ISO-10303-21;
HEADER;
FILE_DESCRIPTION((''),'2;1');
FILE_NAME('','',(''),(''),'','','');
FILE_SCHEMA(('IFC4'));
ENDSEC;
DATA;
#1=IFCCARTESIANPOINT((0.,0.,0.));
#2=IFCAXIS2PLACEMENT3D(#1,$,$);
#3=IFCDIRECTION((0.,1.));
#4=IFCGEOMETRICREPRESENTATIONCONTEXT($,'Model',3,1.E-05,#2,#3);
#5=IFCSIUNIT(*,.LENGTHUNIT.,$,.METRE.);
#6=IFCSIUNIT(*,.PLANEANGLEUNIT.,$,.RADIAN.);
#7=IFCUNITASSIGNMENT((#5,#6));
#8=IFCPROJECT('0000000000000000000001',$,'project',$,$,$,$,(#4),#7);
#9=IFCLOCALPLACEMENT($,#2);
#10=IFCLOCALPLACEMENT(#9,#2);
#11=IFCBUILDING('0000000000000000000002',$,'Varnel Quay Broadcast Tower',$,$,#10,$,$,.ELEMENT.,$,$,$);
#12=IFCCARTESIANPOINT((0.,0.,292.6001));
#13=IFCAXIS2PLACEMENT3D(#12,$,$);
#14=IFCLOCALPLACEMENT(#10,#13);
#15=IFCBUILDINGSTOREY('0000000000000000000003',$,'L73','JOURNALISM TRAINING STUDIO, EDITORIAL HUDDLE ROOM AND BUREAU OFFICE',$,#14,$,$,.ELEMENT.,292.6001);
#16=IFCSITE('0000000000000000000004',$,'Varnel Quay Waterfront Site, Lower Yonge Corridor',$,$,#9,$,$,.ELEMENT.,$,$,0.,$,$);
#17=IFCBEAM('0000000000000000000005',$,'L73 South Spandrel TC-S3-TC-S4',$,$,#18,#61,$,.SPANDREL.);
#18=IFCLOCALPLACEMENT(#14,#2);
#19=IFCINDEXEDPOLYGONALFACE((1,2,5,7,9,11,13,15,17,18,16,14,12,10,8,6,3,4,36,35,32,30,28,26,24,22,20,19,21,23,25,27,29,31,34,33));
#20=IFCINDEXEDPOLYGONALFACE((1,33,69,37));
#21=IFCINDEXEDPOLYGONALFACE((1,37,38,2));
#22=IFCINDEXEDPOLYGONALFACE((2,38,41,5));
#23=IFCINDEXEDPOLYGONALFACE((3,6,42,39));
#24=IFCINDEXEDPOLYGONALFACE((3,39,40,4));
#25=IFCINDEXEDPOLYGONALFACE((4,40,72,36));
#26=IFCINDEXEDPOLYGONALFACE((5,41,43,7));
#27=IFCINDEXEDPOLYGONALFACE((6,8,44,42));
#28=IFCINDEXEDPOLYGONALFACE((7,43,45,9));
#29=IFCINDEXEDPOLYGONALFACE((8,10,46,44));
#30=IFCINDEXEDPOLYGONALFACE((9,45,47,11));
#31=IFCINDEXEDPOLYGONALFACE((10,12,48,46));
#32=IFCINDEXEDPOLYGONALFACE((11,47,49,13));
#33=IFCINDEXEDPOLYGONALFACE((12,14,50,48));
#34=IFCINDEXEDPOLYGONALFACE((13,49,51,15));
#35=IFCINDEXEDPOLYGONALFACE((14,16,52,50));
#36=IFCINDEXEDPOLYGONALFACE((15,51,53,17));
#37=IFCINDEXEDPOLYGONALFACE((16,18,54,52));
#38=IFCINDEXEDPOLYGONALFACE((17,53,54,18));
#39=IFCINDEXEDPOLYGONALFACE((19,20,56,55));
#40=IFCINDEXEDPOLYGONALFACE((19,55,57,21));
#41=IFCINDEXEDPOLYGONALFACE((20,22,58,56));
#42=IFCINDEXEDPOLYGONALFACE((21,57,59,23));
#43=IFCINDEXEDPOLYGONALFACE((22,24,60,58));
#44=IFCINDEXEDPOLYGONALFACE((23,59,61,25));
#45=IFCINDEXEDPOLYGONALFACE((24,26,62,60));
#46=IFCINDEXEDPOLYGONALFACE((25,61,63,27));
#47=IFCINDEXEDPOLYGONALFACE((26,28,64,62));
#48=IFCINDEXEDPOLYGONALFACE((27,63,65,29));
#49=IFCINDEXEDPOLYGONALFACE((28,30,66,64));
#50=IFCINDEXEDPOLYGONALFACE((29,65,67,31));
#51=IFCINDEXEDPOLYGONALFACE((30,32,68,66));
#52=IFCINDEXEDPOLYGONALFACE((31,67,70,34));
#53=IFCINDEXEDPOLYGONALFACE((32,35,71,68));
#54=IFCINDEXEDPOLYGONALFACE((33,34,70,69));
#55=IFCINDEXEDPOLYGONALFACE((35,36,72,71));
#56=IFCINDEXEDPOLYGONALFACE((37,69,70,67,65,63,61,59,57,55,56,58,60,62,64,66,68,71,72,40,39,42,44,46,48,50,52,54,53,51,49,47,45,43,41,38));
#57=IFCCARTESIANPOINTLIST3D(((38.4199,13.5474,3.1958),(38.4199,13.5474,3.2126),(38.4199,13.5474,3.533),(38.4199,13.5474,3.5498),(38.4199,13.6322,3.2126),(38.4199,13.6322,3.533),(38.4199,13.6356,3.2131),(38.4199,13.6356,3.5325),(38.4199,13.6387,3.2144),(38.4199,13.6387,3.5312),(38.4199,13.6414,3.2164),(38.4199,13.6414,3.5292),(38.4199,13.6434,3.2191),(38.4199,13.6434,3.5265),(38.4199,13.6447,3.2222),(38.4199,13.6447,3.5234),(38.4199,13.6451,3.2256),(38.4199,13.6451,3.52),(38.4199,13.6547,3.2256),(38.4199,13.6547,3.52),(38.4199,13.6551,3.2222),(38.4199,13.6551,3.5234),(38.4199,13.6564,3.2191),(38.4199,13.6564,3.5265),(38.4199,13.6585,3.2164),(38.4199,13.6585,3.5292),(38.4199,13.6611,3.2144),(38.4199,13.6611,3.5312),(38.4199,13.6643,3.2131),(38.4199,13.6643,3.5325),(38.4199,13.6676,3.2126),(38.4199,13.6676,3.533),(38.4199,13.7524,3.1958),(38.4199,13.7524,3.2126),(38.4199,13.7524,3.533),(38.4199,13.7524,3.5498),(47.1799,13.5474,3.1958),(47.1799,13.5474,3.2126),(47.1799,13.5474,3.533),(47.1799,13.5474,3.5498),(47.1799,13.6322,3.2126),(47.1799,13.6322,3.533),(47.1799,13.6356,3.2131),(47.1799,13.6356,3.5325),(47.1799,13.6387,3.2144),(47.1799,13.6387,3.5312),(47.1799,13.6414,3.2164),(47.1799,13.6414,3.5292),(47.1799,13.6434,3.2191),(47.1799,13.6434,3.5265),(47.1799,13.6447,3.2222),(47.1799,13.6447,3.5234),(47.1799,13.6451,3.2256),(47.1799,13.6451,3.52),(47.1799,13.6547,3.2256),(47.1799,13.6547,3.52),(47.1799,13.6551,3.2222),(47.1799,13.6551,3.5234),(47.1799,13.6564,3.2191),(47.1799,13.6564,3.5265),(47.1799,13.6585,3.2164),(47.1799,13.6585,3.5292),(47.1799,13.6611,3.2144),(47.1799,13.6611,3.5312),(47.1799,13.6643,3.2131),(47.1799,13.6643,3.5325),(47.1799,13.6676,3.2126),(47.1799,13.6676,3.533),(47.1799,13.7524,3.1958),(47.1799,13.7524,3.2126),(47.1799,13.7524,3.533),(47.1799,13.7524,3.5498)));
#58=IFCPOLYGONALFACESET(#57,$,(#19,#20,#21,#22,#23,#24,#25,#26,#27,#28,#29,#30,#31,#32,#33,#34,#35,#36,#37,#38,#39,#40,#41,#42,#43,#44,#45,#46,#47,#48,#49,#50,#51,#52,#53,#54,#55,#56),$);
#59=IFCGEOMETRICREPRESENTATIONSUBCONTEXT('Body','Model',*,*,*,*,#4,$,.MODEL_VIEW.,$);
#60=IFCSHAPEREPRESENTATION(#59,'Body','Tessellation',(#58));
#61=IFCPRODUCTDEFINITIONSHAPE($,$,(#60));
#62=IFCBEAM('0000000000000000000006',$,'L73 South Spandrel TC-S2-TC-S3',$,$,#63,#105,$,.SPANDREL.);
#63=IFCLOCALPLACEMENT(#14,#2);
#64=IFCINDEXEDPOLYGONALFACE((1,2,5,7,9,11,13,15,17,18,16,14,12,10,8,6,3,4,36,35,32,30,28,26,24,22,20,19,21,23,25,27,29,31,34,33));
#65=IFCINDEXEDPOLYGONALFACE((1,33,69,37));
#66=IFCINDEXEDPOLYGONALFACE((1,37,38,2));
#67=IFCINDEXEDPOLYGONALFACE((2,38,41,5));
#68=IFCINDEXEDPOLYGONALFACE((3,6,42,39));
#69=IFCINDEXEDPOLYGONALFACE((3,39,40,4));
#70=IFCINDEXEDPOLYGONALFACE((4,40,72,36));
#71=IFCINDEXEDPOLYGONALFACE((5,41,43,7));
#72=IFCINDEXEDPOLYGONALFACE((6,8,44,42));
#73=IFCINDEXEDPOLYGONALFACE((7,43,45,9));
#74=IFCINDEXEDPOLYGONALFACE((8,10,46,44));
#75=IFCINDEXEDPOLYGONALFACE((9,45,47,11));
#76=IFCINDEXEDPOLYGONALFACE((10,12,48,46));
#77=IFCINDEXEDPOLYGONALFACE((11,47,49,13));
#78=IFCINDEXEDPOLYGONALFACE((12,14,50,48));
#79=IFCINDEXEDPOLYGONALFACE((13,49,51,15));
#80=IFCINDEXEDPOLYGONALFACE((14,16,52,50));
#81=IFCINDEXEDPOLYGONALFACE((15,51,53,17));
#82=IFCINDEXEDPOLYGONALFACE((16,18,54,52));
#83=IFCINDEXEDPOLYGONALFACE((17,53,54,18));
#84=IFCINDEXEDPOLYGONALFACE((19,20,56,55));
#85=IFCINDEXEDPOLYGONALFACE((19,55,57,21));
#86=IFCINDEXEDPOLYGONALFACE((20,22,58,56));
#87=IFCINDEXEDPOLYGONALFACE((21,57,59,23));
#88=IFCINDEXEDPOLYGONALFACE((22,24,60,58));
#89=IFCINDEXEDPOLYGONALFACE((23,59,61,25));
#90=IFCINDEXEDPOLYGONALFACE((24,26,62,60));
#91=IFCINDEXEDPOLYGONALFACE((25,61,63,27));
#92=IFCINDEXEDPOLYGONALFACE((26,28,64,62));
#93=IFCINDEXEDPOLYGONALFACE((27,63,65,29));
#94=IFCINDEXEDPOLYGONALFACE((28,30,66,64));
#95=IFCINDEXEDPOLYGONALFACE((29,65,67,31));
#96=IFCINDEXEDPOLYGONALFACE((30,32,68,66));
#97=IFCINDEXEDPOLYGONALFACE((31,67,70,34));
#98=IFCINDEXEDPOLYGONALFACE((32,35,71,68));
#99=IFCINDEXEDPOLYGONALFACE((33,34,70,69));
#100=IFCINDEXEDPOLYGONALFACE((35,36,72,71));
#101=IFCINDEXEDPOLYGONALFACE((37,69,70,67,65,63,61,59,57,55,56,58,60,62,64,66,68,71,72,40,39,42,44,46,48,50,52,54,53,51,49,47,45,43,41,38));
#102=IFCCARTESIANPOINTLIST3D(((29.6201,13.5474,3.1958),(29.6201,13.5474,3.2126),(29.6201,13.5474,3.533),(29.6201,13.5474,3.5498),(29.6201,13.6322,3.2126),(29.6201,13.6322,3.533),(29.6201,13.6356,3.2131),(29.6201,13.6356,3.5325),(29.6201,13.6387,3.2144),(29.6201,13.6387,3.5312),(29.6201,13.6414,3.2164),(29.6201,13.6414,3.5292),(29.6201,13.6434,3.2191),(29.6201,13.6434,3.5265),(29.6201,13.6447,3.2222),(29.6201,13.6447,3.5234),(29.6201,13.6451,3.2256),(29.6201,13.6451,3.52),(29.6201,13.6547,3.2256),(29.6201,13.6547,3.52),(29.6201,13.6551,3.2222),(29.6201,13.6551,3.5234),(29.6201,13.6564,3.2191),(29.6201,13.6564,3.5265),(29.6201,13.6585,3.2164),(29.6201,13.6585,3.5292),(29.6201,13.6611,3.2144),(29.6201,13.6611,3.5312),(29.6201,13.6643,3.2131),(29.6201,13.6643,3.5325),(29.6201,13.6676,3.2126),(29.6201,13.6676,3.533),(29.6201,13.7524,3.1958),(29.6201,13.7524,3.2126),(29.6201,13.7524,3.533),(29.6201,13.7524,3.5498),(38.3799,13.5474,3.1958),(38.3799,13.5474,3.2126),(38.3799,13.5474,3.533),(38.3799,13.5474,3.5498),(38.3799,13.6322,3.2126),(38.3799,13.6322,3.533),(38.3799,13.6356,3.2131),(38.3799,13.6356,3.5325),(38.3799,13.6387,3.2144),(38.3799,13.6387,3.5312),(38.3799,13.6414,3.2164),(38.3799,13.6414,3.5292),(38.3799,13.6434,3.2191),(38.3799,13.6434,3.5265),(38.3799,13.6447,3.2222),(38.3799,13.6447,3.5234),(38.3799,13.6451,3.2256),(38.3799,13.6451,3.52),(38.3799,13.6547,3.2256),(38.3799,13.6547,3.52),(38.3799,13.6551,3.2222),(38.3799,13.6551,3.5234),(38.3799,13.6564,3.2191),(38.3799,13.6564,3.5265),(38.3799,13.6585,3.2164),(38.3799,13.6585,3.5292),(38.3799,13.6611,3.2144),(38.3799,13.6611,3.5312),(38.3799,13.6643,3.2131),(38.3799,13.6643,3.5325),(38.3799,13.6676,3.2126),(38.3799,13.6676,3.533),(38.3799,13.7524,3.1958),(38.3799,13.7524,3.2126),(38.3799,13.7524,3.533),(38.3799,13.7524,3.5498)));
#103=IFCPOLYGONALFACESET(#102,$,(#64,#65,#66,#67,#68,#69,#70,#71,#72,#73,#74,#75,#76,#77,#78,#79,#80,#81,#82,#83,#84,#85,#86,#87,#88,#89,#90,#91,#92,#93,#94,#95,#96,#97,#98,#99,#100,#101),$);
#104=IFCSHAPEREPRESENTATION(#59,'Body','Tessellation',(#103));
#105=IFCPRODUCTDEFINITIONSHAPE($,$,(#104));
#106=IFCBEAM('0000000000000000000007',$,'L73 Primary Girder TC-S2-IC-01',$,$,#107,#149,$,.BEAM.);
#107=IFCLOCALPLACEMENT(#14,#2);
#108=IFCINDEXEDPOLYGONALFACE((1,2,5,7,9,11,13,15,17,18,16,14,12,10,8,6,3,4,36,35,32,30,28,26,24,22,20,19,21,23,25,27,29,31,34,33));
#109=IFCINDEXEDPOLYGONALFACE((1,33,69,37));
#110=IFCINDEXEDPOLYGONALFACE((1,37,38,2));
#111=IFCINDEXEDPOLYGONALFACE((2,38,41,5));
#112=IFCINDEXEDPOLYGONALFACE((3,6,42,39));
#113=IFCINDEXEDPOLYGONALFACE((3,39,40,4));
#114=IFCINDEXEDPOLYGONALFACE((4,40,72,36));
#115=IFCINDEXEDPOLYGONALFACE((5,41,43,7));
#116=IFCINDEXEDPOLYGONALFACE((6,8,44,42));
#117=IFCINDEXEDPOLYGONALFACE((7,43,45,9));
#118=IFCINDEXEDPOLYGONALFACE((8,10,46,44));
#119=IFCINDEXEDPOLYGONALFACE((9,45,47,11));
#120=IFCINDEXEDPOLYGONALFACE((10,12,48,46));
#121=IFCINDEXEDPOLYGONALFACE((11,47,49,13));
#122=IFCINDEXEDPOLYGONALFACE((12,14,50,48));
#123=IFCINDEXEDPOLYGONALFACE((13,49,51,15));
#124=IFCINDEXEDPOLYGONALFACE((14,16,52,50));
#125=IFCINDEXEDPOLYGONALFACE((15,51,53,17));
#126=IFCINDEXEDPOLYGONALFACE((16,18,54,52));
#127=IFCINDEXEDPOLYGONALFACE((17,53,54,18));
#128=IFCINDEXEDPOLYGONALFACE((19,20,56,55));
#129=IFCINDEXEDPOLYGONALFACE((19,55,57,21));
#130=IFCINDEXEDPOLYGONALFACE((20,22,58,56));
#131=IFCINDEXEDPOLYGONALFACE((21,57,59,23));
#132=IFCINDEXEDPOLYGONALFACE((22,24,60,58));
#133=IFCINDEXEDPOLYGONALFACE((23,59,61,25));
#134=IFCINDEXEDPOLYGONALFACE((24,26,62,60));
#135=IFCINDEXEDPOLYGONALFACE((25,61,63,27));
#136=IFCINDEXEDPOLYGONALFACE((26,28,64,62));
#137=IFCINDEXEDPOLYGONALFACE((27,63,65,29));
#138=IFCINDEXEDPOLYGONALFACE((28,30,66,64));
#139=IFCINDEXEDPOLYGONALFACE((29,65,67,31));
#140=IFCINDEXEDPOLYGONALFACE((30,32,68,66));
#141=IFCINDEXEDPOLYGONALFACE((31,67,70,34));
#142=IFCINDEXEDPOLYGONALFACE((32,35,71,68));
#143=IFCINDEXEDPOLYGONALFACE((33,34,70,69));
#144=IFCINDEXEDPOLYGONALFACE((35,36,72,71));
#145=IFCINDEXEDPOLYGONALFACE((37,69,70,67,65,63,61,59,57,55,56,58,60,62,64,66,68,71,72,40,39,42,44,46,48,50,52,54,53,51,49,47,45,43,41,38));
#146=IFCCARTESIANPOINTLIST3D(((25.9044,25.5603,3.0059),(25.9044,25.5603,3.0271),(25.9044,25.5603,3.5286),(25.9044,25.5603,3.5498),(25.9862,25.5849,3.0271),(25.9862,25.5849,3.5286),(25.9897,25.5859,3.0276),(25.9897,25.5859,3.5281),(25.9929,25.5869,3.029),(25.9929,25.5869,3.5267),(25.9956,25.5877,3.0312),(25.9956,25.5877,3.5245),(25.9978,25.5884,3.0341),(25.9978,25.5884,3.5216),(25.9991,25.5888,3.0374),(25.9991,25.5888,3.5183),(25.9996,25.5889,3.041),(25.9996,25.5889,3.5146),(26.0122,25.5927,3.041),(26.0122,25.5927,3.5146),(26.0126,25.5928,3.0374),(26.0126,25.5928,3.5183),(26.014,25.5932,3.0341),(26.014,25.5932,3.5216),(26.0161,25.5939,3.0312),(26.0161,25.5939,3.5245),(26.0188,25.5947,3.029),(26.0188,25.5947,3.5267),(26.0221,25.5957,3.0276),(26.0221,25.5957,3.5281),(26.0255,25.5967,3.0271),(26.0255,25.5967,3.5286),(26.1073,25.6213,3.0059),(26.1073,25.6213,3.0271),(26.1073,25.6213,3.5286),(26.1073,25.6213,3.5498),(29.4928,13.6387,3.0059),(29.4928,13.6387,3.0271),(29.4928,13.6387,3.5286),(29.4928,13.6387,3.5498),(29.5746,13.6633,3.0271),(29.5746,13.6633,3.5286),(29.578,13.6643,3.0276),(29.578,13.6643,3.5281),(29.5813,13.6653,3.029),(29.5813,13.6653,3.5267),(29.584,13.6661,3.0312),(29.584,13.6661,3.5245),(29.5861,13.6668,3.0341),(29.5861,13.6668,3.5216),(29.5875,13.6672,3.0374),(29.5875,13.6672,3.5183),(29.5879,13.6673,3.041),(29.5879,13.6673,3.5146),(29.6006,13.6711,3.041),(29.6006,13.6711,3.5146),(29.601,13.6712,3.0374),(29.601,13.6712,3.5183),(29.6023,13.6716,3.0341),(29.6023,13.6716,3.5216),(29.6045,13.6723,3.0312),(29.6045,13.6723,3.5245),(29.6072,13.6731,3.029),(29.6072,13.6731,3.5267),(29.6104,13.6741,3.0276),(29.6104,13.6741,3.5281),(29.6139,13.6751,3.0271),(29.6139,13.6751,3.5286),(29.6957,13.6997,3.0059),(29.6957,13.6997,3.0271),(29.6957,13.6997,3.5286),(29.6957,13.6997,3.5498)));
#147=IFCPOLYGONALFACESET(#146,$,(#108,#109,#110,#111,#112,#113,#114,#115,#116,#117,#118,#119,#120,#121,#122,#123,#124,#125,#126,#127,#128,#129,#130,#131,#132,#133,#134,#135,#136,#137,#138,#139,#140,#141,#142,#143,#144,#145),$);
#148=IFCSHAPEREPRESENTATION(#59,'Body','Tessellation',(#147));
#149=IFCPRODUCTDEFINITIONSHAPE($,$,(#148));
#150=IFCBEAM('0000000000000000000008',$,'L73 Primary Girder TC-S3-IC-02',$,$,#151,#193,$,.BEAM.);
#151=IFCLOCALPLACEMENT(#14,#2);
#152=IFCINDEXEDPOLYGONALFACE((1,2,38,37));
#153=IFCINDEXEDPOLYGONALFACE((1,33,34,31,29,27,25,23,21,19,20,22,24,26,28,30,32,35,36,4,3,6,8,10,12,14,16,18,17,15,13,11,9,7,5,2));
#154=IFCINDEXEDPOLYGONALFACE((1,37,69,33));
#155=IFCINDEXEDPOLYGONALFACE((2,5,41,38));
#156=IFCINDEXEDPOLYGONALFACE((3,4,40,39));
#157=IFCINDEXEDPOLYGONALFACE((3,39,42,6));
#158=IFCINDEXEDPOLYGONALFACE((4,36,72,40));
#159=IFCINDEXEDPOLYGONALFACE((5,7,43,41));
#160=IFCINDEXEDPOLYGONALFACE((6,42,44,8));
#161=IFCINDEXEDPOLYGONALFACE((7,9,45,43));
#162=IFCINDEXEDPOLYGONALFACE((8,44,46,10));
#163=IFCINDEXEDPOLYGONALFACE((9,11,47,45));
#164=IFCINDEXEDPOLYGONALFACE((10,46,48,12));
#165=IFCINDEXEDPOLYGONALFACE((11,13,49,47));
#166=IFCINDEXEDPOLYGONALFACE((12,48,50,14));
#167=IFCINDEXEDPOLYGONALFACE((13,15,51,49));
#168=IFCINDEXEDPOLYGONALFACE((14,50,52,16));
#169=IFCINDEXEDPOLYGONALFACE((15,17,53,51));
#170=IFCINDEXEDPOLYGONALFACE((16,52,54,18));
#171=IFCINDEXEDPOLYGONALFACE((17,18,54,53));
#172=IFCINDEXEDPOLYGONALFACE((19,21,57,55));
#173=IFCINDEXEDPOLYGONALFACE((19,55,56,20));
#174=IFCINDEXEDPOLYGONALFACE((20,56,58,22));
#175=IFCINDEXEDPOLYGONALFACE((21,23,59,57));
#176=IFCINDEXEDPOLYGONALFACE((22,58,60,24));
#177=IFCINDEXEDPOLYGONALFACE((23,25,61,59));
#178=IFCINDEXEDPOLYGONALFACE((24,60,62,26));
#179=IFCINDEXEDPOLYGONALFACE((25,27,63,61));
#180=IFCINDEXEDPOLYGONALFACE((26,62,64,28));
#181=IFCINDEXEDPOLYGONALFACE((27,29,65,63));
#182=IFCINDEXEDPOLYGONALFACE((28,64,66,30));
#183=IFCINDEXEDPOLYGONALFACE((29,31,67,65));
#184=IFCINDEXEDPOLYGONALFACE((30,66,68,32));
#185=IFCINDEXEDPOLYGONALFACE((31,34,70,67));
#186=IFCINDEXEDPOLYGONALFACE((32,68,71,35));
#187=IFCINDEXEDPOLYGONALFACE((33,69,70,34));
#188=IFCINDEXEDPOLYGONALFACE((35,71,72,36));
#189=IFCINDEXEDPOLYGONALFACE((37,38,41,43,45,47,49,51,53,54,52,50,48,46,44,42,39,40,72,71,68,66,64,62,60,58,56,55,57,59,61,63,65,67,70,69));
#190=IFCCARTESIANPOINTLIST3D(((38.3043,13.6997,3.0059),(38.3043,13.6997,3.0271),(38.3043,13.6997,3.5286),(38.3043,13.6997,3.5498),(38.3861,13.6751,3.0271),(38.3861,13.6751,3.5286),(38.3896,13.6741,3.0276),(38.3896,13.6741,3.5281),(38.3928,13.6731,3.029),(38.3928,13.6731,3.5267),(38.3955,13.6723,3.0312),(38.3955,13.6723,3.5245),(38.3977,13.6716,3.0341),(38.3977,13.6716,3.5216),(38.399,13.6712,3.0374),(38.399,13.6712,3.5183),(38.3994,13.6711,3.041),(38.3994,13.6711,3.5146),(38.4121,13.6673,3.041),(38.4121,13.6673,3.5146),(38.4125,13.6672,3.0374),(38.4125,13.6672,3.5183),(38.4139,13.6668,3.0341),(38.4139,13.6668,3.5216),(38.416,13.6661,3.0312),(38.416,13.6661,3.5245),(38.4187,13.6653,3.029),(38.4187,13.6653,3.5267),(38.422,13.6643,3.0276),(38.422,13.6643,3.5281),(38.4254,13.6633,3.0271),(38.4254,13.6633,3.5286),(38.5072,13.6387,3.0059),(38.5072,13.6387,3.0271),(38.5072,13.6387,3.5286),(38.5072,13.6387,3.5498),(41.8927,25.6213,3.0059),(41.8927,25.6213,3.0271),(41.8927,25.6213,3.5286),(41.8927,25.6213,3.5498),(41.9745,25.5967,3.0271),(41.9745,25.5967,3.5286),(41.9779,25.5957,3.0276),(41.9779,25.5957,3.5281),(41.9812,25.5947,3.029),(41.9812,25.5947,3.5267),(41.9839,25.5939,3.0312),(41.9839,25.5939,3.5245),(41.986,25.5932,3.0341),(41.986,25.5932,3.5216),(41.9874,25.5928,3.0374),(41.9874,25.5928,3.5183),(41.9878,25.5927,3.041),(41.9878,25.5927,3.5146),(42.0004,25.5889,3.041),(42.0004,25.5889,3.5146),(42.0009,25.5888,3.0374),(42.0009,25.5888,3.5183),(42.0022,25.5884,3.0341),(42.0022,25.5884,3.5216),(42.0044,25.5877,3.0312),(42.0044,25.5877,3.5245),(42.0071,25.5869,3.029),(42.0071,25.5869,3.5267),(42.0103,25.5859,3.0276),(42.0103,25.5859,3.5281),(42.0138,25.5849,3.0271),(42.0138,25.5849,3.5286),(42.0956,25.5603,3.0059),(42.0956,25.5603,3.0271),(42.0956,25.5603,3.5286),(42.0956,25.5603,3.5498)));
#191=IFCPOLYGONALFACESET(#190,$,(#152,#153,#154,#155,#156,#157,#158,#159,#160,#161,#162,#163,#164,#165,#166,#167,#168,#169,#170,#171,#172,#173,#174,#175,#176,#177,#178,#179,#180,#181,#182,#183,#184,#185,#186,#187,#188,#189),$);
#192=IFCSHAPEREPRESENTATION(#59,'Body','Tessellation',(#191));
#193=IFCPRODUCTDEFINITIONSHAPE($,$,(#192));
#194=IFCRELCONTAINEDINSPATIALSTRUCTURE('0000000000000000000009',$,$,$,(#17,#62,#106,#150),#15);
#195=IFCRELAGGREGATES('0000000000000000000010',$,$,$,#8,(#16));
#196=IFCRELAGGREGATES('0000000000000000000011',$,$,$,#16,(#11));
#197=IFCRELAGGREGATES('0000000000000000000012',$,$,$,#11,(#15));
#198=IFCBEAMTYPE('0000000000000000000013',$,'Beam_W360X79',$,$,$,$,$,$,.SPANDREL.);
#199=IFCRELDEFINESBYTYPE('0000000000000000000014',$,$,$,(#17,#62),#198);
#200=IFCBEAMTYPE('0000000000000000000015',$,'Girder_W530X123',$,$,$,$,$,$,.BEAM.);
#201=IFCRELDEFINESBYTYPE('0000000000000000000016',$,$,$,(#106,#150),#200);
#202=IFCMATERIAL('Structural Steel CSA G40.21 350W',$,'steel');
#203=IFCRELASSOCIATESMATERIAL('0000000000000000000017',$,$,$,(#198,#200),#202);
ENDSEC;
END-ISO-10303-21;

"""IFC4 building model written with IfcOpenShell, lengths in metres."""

from ifc_helpers import new_model, si_unit, direction, frame, origin, origin_2d, place, context, subcontext, project, spatial, i_section, extrude, source, transform, mapped, material, material_profile, profile_set, type_object, type_shapes, element, save


model = new_model("IFC4")

# Units and contexts
model_context = context("Model", 3, precision=1e-05, world=origin(), true_north=direction((0.0, 1.0)))
body_context = subcontext(model_context, "Body", "Model", "MODEL_VIEW")
ifc_project = project(units=[si_unit("LENGTHUNIT", "METRE"), si_unit("PLANEANGLEUNIT", "RADIAN")], contexts=[model_context])

# Site, building, storey
site_placement = place(None, origin())
site = spatial("IfcSite", under=ifc_project, at=site_placement, Name="Varnel Quay Waterfront Site, Lower Yonge Corridor", CompositionType="ELEMENT", RefElevation=0.0)
building_placement = place(site_placement, origin())
building = spatial("IfcBuilding", under=site, at=building_placement, Name="Varnel Quay Broadcast Tower", CompositionType="ELEMENT")
storey_placement = place(building_placement, frame((0.0, 0.0, 292.6001)))
storey = spatial("IfcBuildingStorey", under=building, at=storey_placement, Name="L73", Description="JOURNALISM TRAINING STUDIO, EDITORIAL HUDDLE ROOM AND BUREAU OFFICE", CompositionType="ELEMENT", Elevation=292.6001)

# Shared definitions
ifc_material_1 = material(Name="Structural Steel CSA G40.21 350W", Category="steel")

# Beams
ifc_material_profile_1 = material_profile(ifc_material_1, i_section(OverallWidth=0.2051, OverallDepth=0.354, WebThickness=0.0095, FlangeThickness=0.0168, FilletRadius=0.0129, at=origin_2d()), Name="W360X79")
ifc_profile_set_1 = profile_set([ifc_material_profile_1], Name="Structural Steel CSA G40.21 350W")
beam_type_1 = type_object("IfcBeamType", Name="Beam_W360X79", PredefinedType="SPANDREL", material=ifc_profile_set_1)
shared_shape_1 = source(origin(), body_context, "Body", "SweptSolid", [
    extrude(i_section(OverallWidth=0.2051, OverallDepth=0.354, WebThickness=0.0095, FlangeThickness=0.0168, FilletRadius=0.0129, at=origin_2d()), origin(), (0.0, 0.0, 1.0), 8.76),
])
beam_1_placement = place(storey_placement, frame((38.4199, 13.6499, 3.3728), z_axis=(1.0, 0.0, 0.0), x_axis=(0.0, 1.0, 0.0)))
element("IfcBeam", 1, at=beam_1_placement, inside=storey, type_object=beam_type_1, Name="L73 South Spandrel TC-S3-TC-S4", PredefinedType="SPANDREL", context=body_context, shape_type="MappedRepresentation", body=[
    mapped(shared_shape_1, transform((0.0, 0.0, 0.0), x_axis=(1.0, 0.0, 0.0), y_axis=(0.0, 1.0, 0.0), z_axis=(0.0, 0.0, 1.0), scale=1.0)),
])
shared_shape_2 = source(origin(), body_context, "Body", "SweptSolid", [
    extrude(i_section(OverallWidth=0.2051, OverallDepth=0.354, WebThickness=0.0095, FlangeThickness=0.0168, FilletRadius=0.0129, at=origin_2d()), origin(), (0.0, 0.0, 1.0), 8.7598),
])
type_shapes(beam_type_1, [shared_shape_1, shared_shape_2])
beam_2_placement = place(storey_placement, frame((29.6201, 13.6499, 3.3728), z_axis=(1.0, 0.0, 0.0), x_axis=(0.0, 1.0, 0.0)))
element("IfcBeam", 2, at=beam_2_placement, inside=storey, type_object=beam_type_1, Name="L73 South Spandrel TC-S2-TC-S3", PredefinedType="SPANDREL", context=body_context, shape_type="MappedRepresentation", body=[
    mapped(shared_shape_2, transform((0.0, 0.0, 0.0), x_axis=(1.0, 0.0, 0.0), y_axis=(0.0, 1.0, 0.0), z_axis=(0.0, 0.0, 1.0), scale=1.0)),
])
ifc_material_profile_2 = material_profile(ifc_material_1, i_section(OverallWidth=0.2119, OverallDepth=0.5439, WebThickness=0.0132, FlangeThickness=0.0212, FilletRadius=0.0139, at=origin_2d()), Name="W530X123")
ifc_profile_set_2 = profile_set([ifc_material_profile_2], Name="Structural Steel CSA G40.21 350W")
beam_type_2 = type_object("IfcBeamType", Name="Girder_W530X123", PredefinedType="BEAM", material=ifc_profile_set_2)
shared_shape_3 = source(origin(), body_context, "Body", "SweptSolid", [
    extrude(i_section(OverallWidth=0.2119, OverallDepth=0.5439, WebThickness=0.0132, FlangeThickness=0.0212, FilletRadius=0.0139, at=origin_2d()), origin(), (0.0, 0.0, 1.0), 12.45),
])
for number, where, z_axis, x_axis, name in (
    (3, (29.5942, 13.6692, 3.2778), (-0.288224, 0.957563, 0.0), (-0.957563, -0.288224, 0.0), "L73 Primary Girder TC-S2-IC-01"),
    (4, (38.4058, 13.6692, 3.2778), (0.288224, 0.957563, 0.0), (-0.957563, 0.288224, 0.0), "L73 Primary Girder TC-S3-IC-02"),
):
    element("IfcBeam", number, at=place(storey_placement, frame(where, z_axis=z_axis, x_axis=x_axis)), inside=storey, type_object=beam_type_2, Name=name, PredefinedType="BEAM", context=body_context, shape_type="MappedRepresentation", body=[
        mapped(shared_shape_3, transform((0.0, 0.0, 0.0), x_axis=(1.0, 0.0, 0.0), y_axis=(0.0, 1.0, 0.0), z_axis=(0.0, 0.0, 1.0), scale=1.0)),
    ])

save(model, "model.ifc")
